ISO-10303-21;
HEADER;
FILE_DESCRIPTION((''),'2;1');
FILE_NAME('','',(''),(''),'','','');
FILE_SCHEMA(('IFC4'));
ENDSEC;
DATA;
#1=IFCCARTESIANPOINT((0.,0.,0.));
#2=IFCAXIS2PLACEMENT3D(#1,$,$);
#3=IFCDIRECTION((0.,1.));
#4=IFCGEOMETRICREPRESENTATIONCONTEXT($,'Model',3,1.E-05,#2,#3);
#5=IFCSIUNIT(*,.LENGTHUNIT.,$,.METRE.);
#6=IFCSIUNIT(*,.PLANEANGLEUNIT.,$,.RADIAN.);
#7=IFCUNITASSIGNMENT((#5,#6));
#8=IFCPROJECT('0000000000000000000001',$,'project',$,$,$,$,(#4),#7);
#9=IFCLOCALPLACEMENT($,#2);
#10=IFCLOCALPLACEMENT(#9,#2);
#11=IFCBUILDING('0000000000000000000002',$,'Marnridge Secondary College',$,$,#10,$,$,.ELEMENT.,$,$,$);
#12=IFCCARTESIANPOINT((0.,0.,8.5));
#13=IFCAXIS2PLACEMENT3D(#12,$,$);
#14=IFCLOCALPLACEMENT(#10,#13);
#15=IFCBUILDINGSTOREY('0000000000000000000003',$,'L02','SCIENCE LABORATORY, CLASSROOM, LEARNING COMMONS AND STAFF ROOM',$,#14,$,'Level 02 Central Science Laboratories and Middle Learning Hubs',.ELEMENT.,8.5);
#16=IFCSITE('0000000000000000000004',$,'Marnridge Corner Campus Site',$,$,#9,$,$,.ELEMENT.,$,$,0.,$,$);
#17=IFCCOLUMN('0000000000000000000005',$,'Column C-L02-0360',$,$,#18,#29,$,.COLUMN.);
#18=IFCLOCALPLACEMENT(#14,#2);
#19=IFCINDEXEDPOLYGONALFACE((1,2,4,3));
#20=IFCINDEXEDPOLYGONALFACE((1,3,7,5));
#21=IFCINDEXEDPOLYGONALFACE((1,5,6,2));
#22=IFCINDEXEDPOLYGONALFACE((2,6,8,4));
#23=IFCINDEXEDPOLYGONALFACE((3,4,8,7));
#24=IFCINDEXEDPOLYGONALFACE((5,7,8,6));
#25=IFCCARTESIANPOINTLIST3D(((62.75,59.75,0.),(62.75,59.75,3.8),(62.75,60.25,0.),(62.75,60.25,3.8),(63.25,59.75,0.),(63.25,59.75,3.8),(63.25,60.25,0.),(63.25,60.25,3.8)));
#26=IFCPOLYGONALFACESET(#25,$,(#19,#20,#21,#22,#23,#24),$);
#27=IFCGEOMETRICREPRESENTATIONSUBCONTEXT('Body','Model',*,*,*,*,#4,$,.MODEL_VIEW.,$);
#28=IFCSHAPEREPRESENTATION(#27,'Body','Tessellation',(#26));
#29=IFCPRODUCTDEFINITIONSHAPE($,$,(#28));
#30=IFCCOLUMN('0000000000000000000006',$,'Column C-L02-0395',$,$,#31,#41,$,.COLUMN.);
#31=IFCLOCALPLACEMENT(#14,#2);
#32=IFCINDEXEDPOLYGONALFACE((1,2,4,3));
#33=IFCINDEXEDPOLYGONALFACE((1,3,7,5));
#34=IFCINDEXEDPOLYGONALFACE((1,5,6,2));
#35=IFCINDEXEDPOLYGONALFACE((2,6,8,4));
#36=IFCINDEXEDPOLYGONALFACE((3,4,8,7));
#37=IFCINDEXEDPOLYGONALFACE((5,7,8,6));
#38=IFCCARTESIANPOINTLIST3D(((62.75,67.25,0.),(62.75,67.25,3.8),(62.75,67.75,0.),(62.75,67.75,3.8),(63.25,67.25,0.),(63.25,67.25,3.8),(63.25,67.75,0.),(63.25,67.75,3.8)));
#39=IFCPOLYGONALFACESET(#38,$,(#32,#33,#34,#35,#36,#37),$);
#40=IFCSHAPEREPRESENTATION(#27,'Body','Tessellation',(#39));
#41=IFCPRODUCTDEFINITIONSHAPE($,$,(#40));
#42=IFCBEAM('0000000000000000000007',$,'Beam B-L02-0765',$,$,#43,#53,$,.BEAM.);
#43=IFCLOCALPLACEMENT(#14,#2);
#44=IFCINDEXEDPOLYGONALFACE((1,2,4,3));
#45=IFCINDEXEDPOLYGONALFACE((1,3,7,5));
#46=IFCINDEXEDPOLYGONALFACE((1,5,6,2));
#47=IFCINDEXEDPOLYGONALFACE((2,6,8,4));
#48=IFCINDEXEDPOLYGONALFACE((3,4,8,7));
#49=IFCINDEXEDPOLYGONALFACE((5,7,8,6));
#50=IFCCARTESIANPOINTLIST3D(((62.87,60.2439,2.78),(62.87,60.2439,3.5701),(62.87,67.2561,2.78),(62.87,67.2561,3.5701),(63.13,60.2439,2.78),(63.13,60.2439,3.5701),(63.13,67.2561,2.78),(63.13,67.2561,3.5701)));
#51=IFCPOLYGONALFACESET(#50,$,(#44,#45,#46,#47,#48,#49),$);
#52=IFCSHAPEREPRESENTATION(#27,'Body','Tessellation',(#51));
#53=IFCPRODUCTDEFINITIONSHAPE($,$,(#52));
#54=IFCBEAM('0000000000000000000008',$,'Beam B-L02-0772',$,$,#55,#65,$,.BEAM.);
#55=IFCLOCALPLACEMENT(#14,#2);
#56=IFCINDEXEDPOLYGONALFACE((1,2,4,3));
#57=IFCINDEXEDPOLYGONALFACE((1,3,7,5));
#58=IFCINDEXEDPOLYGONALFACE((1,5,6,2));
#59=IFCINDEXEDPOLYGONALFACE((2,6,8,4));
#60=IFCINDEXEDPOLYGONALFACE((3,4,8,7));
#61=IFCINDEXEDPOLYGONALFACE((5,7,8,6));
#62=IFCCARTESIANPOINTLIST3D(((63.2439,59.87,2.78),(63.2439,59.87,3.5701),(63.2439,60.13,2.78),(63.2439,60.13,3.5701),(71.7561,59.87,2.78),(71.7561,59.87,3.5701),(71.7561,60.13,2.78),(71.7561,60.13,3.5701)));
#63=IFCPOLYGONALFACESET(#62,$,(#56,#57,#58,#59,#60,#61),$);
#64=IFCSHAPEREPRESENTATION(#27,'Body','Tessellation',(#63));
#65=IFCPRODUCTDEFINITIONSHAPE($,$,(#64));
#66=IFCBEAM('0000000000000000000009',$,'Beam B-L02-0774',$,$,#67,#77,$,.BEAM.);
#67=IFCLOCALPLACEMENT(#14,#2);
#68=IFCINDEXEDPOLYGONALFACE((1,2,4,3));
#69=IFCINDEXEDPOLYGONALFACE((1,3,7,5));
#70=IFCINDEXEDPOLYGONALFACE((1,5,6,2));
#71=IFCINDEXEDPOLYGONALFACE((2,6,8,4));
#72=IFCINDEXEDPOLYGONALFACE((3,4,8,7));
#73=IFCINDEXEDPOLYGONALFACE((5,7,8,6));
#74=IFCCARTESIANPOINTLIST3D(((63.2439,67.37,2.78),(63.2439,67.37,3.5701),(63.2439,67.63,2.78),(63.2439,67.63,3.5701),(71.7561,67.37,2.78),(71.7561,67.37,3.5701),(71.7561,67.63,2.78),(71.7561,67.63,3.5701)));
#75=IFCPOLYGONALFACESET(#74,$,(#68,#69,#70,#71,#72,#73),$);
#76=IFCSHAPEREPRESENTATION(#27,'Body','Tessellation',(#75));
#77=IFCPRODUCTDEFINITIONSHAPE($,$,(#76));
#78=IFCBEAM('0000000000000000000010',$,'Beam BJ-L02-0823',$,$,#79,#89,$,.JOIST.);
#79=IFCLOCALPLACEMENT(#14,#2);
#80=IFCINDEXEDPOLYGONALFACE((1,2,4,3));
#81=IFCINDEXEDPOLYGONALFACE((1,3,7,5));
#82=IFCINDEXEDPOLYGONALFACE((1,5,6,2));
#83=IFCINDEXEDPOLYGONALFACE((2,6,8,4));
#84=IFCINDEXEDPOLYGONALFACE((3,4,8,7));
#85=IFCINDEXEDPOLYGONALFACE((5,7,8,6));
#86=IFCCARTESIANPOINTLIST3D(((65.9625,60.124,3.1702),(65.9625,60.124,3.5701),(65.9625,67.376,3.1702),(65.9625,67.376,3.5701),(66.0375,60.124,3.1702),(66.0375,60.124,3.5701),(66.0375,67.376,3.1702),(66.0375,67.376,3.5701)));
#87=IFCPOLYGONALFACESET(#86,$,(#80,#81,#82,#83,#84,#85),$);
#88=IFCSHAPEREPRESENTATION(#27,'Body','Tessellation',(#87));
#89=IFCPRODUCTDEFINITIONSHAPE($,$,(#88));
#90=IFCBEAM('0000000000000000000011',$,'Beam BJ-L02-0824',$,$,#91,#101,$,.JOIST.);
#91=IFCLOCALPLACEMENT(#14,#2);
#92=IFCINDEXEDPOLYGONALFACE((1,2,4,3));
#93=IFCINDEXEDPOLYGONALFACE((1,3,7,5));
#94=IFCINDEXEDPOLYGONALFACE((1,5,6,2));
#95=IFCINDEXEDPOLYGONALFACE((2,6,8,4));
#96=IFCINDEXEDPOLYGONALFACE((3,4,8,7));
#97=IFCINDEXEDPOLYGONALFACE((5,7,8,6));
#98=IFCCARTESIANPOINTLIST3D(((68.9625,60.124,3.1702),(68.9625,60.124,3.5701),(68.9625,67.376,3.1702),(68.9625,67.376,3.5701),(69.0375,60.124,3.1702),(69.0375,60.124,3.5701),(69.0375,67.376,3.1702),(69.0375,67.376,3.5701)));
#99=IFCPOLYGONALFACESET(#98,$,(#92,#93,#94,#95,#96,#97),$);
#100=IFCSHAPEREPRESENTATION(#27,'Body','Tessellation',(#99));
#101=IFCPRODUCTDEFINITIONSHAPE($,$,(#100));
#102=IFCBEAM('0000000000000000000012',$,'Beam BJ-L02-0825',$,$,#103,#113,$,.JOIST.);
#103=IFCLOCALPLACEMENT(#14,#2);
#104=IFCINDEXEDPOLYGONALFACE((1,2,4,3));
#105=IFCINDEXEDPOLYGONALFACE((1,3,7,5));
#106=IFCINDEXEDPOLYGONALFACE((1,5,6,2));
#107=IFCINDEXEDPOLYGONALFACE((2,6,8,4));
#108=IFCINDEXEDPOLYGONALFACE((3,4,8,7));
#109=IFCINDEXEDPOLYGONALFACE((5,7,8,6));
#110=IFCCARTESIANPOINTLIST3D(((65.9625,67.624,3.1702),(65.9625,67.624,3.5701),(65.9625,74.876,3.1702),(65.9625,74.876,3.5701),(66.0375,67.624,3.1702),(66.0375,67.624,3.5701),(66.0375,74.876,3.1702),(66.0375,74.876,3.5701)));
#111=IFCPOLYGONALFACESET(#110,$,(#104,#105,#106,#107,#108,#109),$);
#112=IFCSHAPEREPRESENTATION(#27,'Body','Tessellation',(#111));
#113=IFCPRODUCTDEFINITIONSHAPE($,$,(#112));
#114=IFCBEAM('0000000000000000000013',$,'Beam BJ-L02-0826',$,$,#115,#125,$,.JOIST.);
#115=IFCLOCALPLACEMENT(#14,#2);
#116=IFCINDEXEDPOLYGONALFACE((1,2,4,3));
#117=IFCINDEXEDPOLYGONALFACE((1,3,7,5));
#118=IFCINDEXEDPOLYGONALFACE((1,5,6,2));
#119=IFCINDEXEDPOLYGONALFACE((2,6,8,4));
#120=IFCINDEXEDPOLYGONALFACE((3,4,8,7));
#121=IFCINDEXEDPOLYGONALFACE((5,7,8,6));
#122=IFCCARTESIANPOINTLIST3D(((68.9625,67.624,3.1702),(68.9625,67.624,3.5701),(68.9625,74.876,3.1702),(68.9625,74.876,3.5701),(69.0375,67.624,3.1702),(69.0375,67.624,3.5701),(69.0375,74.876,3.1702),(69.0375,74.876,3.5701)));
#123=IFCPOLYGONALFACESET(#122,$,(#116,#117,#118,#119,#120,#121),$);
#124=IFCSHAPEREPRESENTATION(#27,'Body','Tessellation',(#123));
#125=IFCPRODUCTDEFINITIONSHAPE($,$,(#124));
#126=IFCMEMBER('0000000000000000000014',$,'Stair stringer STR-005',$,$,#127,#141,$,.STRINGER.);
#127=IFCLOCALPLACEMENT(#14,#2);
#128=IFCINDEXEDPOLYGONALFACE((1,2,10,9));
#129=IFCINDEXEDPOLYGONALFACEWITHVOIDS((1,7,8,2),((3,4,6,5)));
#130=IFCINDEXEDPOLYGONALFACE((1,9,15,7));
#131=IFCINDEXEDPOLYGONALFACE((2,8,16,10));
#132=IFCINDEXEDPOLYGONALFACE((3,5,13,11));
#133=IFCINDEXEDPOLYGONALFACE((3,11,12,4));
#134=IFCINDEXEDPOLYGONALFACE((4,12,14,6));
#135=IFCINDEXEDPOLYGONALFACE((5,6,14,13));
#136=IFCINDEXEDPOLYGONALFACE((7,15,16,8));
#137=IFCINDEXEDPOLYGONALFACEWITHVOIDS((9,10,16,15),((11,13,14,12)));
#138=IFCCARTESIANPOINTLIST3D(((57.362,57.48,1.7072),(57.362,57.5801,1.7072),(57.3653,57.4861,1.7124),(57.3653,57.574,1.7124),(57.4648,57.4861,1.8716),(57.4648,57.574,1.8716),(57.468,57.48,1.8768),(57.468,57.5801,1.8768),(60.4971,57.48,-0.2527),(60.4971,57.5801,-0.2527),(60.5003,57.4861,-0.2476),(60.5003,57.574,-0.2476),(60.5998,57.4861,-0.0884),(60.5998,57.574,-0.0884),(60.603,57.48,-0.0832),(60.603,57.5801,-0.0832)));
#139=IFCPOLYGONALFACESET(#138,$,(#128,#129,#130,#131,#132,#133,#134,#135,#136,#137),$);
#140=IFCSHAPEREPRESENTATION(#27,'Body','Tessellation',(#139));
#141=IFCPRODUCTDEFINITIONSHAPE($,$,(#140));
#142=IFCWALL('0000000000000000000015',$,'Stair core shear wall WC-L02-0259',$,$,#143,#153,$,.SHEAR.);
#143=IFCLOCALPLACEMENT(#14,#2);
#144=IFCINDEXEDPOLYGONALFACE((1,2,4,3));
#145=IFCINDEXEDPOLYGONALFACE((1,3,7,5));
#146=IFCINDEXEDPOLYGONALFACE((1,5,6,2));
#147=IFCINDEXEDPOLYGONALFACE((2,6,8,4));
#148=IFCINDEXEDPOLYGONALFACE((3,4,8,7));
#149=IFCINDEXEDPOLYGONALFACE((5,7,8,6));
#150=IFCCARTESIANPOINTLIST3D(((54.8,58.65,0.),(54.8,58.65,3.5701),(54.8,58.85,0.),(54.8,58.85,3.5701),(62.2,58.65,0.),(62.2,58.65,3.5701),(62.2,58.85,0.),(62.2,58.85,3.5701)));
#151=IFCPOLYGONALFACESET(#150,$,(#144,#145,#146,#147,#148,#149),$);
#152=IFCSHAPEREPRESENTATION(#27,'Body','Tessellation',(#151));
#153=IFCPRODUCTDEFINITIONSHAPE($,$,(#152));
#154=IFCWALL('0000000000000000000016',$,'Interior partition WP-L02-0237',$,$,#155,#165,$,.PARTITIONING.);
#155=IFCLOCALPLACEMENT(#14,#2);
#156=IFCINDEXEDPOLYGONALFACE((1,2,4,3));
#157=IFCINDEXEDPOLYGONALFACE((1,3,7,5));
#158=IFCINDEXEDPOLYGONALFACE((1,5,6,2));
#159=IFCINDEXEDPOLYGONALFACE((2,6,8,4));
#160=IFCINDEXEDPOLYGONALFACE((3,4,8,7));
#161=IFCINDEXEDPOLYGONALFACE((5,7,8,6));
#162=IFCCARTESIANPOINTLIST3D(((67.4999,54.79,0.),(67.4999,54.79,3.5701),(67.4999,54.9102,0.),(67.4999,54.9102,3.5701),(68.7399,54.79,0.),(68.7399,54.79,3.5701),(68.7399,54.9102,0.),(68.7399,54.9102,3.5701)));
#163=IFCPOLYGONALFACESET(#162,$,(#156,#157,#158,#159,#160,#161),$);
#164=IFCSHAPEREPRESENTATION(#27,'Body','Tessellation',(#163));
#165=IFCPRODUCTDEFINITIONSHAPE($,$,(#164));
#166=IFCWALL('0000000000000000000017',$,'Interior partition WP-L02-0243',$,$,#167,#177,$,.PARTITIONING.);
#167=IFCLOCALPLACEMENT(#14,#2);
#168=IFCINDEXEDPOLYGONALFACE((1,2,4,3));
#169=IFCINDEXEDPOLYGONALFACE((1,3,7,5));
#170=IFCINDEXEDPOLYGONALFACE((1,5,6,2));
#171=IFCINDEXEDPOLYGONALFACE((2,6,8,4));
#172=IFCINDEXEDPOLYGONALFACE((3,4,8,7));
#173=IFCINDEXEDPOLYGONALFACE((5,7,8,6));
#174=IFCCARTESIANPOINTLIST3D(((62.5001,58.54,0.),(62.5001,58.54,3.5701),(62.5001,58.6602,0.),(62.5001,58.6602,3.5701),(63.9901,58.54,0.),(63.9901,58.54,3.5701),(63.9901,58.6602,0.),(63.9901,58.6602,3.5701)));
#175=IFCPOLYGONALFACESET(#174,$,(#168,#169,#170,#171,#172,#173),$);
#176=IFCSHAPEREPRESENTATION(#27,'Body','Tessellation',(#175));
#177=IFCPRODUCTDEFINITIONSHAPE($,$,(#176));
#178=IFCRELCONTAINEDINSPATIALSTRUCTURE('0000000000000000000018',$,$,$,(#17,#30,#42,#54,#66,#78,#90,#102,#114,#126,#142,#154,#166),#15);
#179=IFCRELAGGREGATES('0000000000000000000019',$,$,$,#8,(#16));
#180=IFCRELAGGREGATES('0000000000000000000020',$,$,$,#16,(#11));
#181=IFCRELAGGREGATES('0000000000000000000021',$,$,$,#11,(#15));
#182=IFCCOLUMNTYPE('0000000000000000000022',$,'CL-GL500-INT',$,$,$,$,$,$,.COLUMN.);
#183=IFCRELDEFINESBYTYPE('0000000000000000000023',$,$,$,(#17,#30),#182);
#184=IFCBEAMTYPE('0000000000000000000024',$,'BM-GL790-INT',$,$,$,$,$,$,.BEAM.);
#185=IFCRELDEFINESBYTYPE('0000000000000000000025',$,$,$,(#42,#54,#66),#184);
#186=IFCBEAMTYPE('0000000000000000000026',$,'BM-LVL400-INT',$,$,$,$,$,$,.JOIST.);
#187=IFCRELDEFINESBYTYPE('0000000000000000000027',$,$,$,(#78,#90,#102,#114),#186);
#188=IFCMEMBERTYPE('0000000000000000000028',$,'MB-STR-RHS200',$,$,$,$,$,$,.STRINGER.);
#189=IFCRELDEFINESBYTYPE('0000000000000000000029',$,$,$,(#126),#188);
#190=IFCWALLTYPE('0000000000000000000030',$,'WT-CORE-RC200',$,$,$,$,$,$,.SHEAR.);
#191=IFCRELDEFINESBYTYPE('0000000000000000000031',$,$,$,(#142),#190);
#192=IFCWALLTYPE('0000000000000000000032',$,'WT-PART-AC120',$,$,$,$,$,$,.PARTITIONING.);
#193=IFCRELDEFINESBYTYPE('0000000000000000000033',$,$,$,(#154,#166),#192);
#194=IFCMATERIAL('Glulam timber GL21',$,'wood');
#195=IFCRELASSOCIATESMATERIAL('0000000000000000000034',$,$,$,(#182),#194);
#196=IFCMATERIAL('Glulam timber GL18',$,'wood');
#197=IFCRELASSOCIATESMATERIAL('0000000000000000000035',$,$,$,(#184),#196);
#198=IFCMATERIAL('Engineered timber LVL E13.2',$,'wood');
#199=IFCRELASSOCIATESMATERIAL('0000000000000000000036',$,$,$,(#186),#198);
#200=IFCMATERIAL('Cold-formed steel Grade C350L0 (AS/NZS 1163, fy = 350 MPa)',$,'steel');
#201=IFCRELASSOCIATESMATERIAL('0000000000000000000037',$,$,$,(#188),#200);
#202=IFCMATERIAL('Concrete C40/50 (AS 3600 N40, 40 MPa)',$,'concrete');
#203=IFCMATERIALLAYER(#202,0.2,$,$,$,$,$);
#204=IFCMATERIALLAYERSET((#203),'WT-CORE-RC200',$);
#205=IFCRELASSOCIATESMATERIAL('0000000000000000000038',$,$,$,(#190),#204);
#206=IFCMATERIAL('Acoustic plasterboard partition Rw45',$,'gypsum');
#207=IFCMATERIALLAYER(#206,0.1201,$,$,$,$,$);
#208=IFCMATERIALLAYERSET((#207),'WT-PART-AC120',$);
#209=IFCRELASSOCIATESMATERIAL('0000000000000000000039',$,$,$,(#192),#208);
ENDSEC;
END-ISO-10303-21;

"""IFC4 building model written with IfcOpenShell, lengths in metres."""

from ifc_helpers import new_model, si_unit, direction, frame, frame_2d, origin, origin_2d, place, context, subcontext, project, spatial, rectangle, hollow_rectangle, extrude, material, layer, layer_set, material_profile, profile_set, type_object, element, save


model = new_model("IFC4")

# Units and contexts
model_context = context("Model", 3, precision=1e-05, world=origin(), true_north=direction((0.0, 1.0)))
body_context = subcontext(model_context, "Body", "Model", "MODEL_VIEW")
ifc_project = project(units=[si_unit("LENGTHUNIT", "METRE"), si_unit("PLANEANGLEUNIT", "RADIAN")], contexts=[model_context])

# Site, building, storey
site_placement = place(None, origin())
site = spatial("IfcSite", under=ifc_project, at=site_placement, Name="Marnridge Corner Campus Site", CompositionType="ELEMENT", RefElevation=0.0)
building_placement = place(site_placement, origin())
building = spatial("IfcBuilding", under=site, at=building_placement, Name="Marnridge Secondary College", CompositionType="ELEMENT")
storey_placement = place(building_placement, frame((0.0, 0.0, 8.5)))
storey = spatial("IfcBuildingStorey", under=building, at=storey_placement, Name="L02", Description="SCIENCE LABORATORY, CLASSROOM, LEARNING COMMONS AND STAFF ROOM", LongName="Level 02 Central Science Laboratories and Middle Learning Hubs", CompositionType="ELEMENT", Elevation=8.5)

# Columns
ifc_material_1 = material(Name="Glulam timber GL21", Category="wood")
ifc_material_profile_1 = material_profile(ifc_material_1, rectangle(XDim=0.5, YDim=0.5, at=origin_2d()), Name="GL21 500x500")
ifc_profile_set_1 = profile_set([ifc_material_profile_1], Name="Glulam timber GL21")
column_type = type_object("IfcColumnType", Name="CL-GL500-INT", PredefinedType="COLUMN", material=ifc_profile_set_1)
for number, where, z_axis, x_axis, name in (
    (1, (63.0, 60.0, 0.0), (0.0, 0.0, 1.0), (1.0, 0.0, 0.0), "Column C-L02-0360"),
    (2, (63.0, 67.5, 0.0), (0.0, 0.0, 1.0), (1.0, 0.0, 0.0), "Column C-L02-0395"),
):
    element("IfcColumn", number, at=place(storey_placement, frame(where, z_axis=z_axis, x_axis=x_axis)), inside=storey, type_object=column_type, Name=name, PredefinedType="COLUMN", context=body_context, shape_type="SweptSolid", body=[
        extrude(rectangle(XDim=0.5, YDim=0.5, at=origin_2d()), origin(), (0.0, 0.0, 1.0), 3.8),
    ])

# Beams
ifc_material_2 = material(Name="Glulam timber GL18", Category="wood")
ifc_material_profile_2 = material_profile(ifc_material_2, rectangle(XDim=0.26, YDim=0.79, at=origin_2d()), Name="GL18 260x790")
ifc_profile_set_2 = profile_set([ifc_material_profile_2], Name="Glulam timber GL18")
beam_type_1 = type_object("IfcBeamType", Name="BM-GL790-INT", PredefinedType="BEAM", material=ifc_profile_set_2)
beam_placement = place(storey_placement, frame((63.0, 60.2439, 3.175), z_axis=(0.0, 1.0, 0.0), x_axis=(-1.0, 0.0, 0.0)))
element("IfcBeam", 3, at=beam_placement, inside=storey, type_object=beam_type_1, Name="Beam B-L02-0765", PredefinedType="BEAM", context=body_context, shape_type="SweptSolid", body=[
    extrude(rectangle(XDim=0.26, YDim=0.79, at=origin_2d()), origin(), (0.0, 0.0, 1.0), 7.0122),
])
for number, where, z_axis, x_axis, name in (
    (4, (63.2439, 60.0, 3.175), (1.0, 0.0, 0.0), (0.0, 1.0, 0.0), "Beam B-L02-0772"),
    (5, (63.2439, 67.5, 3.175), (1.0, 0.0, 0.0), (0.0, 1.0, 0.0), "Beam B-L02-0774"),
):
    element("IfcBeam", number, at=place(storey_placement, frame(where, z_axis=z_axis, x_axis=x_axis)), inside=storey, type_object=beam_type_1, Name=name, PredefinedType="BEAM", context=body_context, shape_type="SweptSolid", body=[
        extrude(rectangle(XDim=0.26, YDim=0.79, at=origin_2d()), origin(), (0.0, 0.0, 1.0), 8.5122),
    ])
ifc_material_3 = material(Name="Engineered timber LVL E13.2", Category="wood")
ifc_material_profile_3 = material_profile(ifc_material_3, rectangle(XDim=0.075, YDim=0.3999, at=origin_2d()), Name="LVL 75x400")
ifc_profile_set_3 = profile_set([ifc_material_profile_3], Name="Engineered timber LVL E13.2")
beam_type_2 = type_object("IfcBeamType", Name="BM-LVL400-INT", PredefinedType="JOIST", material=ifc_profile_set_3)
for number, where, z_axis, x_axis, name in (
    (6, (66.0, 60.124, 3.3701), (0.0, 1.0, 0.0), (-1.0, 0.0, 0.0), "Beam BJ-L02-0823"),
    (7, (69.0, 60.124, 3.3701), (0.0, 1.0, 0.0), (-1.0, 0.0, 0.0), "Beam BJ-L02-0824"),
    (8, (66.0, 67.624, 3.3701), (0.0, 1.0, 0.0), (-1.0, 0.0, 0.0), "Beam BJ-L02-0825"),
    (9, (69.0, 67.624, 3.3701), (0.0, 1.0, 0.0), (-1.0, 0.0, 0.0), "Beam BJ-L02-0826"),
):
    element("IfcBeam", number, at=place(storey_placement, frame(where, z_axis=z_axis, x_axis=x_axis)), inside=storey, type_object=beam_type_2, Name=name, PredefinedType="JOIST", context=body_context, shape_type="SweptSolid", body=[
        extrude(rectangle(XDim=0.075, YDim=0.3999, at=origin_2d()), origin(), (0.0, 0.0, 1.0), 7.252),
    ])

# Member
ifc_material_4 = material(Name="Cold-formed steel Grade C350L0 (AS/NZS 1163, fy = 350 MPa)", Category="steel")
ifc_material_profile_4 = material_profile(ifc_material_4, hollow_rectangle(XDim=0.1001, YDim=0.2, WallThickness=0.0061, at=origin_2d()), Name="200x100x6.0RHS")
ifc_profile_set_4 = profile_set([ifc_material_profile_4], Name="Cold-formed steel Grade C350L0 (AS/NZS 1163, fy = 350 MPa)")
member_type = type_object("IfcMemberType", Name="MB-STR-RHS200", PredefinedType="STRINGER", material=ifc_profile_set_4)
member_placement = place(storey_placement, frame((60.55, 57.53, -0.168), z_axis=(-0.847928, 0.0, 0.530112), x_axis=(0.0, -1.0, 0.0)))
element("IfcMember", 10, at=member_placement, inside=storey, type_object=member_type, Name="Stair stringer STR-005", PredefinedType="STRINGER", context=body_context, shape_type="SweptSolid", body=[
    extrude(hollow_rectangle(XDim=0.1001, YDim=0.2, WallThickness=0.0061, at=origin_2d()), origin(), (0.0, 0.0, 1.0), 3.6973),
])

# Walls
ifc_material_5 = material(Name="Concrete C40/50 (AS 3600 N40, 40 MPa)", Category="concrete")
ifc_layer_1 = layer(ifc_material_5, 0.2)
ifc_layer_set_1 = layer_set([ifc_layer_1], Name="WT-CORE-RC200")
wall_type_1 = type_object("IfcWallType", Name="WT-CORE-RC200", PredefinedType="SHEAR", material=ifc_layer_set_1)
wall_1_placement = place(storey_placement, frame((62.2, 58.75, 0.0), z_axis=(0.0, 0.0, 1.0), x_axis=(-1.0, 0.0, 0.0)))
element("IfcWall", 11, at=wall_1_placement, inside=storey, type_object=wall_type_1, Name="Stair core shear wall WC-L02-0259", PredefinedType="SHEAR", context=body_context, shape_type="SweptSolid", body=[
    extrude(rectangle(XDim=7.3999, YDim=0.2, at=frame_2d((3.7, 0.0))), origin(), (0.0, 0.0, 1.0), 3.5701),
])
ifc_material_6 = material(Name="Acoustic plasterboard partition Rw45", Category="gypsum")
ifc_layer_2 = layer(ifc_material_6, 0.1201)
ifc_layer_set_2 = layer_set([ifc_layer_2], Name="WT-PART-AC120")
wall_type_2 = type_object("IfcWallType", Name="WT-PART-AC120", PredefinedType="PARTITIONING", material=ifc_layer_set_2)
wall_2_placement = place(storey_placement, frame((68.74, 54.8501, 0.0), z_axis=(0.0, 0.0, 1.0), x_axis=(-1.0, 0.0, 0.0)))
element("IfcWall", 12, at=wall_2_placement, inside=storey, type_object=wall_type_2, Name="Interior partition WP-L02-0237", PredefinedType="PARTITIONING", context=body_context, shape_type="SweptSolid", body=[
    extrude(rectangle(XDim=1.24, YDim=0.1201, at=frame_2d((0.6201, 0.0))), origin(), (0.0, 0.0, 1.0), 3.5701),
])
wall_3_placement = place(storey_placement, frame((62.5, 58.6001, 0.0), z_axis=(0.0, 0.0, 1.0), x_axis=(1.0, 0.0, 0.0)))
element("IfcWall", 13, at=wall_3_placement, inside=storey, type_object=wall_type_2, Name="Interior partition WP-L02-0243", PredefinedType="PARTITIONING", context=body_context, shape_type="SweptSolid", body=[
    extrude(rectangle(XDim=1.49, YDim=0.1201, at=frame_2d((0.7451, 0.0))), origin(), (0.0, 0.0, 1.0), 3.5701),
])

save(model, "model.ifc")
